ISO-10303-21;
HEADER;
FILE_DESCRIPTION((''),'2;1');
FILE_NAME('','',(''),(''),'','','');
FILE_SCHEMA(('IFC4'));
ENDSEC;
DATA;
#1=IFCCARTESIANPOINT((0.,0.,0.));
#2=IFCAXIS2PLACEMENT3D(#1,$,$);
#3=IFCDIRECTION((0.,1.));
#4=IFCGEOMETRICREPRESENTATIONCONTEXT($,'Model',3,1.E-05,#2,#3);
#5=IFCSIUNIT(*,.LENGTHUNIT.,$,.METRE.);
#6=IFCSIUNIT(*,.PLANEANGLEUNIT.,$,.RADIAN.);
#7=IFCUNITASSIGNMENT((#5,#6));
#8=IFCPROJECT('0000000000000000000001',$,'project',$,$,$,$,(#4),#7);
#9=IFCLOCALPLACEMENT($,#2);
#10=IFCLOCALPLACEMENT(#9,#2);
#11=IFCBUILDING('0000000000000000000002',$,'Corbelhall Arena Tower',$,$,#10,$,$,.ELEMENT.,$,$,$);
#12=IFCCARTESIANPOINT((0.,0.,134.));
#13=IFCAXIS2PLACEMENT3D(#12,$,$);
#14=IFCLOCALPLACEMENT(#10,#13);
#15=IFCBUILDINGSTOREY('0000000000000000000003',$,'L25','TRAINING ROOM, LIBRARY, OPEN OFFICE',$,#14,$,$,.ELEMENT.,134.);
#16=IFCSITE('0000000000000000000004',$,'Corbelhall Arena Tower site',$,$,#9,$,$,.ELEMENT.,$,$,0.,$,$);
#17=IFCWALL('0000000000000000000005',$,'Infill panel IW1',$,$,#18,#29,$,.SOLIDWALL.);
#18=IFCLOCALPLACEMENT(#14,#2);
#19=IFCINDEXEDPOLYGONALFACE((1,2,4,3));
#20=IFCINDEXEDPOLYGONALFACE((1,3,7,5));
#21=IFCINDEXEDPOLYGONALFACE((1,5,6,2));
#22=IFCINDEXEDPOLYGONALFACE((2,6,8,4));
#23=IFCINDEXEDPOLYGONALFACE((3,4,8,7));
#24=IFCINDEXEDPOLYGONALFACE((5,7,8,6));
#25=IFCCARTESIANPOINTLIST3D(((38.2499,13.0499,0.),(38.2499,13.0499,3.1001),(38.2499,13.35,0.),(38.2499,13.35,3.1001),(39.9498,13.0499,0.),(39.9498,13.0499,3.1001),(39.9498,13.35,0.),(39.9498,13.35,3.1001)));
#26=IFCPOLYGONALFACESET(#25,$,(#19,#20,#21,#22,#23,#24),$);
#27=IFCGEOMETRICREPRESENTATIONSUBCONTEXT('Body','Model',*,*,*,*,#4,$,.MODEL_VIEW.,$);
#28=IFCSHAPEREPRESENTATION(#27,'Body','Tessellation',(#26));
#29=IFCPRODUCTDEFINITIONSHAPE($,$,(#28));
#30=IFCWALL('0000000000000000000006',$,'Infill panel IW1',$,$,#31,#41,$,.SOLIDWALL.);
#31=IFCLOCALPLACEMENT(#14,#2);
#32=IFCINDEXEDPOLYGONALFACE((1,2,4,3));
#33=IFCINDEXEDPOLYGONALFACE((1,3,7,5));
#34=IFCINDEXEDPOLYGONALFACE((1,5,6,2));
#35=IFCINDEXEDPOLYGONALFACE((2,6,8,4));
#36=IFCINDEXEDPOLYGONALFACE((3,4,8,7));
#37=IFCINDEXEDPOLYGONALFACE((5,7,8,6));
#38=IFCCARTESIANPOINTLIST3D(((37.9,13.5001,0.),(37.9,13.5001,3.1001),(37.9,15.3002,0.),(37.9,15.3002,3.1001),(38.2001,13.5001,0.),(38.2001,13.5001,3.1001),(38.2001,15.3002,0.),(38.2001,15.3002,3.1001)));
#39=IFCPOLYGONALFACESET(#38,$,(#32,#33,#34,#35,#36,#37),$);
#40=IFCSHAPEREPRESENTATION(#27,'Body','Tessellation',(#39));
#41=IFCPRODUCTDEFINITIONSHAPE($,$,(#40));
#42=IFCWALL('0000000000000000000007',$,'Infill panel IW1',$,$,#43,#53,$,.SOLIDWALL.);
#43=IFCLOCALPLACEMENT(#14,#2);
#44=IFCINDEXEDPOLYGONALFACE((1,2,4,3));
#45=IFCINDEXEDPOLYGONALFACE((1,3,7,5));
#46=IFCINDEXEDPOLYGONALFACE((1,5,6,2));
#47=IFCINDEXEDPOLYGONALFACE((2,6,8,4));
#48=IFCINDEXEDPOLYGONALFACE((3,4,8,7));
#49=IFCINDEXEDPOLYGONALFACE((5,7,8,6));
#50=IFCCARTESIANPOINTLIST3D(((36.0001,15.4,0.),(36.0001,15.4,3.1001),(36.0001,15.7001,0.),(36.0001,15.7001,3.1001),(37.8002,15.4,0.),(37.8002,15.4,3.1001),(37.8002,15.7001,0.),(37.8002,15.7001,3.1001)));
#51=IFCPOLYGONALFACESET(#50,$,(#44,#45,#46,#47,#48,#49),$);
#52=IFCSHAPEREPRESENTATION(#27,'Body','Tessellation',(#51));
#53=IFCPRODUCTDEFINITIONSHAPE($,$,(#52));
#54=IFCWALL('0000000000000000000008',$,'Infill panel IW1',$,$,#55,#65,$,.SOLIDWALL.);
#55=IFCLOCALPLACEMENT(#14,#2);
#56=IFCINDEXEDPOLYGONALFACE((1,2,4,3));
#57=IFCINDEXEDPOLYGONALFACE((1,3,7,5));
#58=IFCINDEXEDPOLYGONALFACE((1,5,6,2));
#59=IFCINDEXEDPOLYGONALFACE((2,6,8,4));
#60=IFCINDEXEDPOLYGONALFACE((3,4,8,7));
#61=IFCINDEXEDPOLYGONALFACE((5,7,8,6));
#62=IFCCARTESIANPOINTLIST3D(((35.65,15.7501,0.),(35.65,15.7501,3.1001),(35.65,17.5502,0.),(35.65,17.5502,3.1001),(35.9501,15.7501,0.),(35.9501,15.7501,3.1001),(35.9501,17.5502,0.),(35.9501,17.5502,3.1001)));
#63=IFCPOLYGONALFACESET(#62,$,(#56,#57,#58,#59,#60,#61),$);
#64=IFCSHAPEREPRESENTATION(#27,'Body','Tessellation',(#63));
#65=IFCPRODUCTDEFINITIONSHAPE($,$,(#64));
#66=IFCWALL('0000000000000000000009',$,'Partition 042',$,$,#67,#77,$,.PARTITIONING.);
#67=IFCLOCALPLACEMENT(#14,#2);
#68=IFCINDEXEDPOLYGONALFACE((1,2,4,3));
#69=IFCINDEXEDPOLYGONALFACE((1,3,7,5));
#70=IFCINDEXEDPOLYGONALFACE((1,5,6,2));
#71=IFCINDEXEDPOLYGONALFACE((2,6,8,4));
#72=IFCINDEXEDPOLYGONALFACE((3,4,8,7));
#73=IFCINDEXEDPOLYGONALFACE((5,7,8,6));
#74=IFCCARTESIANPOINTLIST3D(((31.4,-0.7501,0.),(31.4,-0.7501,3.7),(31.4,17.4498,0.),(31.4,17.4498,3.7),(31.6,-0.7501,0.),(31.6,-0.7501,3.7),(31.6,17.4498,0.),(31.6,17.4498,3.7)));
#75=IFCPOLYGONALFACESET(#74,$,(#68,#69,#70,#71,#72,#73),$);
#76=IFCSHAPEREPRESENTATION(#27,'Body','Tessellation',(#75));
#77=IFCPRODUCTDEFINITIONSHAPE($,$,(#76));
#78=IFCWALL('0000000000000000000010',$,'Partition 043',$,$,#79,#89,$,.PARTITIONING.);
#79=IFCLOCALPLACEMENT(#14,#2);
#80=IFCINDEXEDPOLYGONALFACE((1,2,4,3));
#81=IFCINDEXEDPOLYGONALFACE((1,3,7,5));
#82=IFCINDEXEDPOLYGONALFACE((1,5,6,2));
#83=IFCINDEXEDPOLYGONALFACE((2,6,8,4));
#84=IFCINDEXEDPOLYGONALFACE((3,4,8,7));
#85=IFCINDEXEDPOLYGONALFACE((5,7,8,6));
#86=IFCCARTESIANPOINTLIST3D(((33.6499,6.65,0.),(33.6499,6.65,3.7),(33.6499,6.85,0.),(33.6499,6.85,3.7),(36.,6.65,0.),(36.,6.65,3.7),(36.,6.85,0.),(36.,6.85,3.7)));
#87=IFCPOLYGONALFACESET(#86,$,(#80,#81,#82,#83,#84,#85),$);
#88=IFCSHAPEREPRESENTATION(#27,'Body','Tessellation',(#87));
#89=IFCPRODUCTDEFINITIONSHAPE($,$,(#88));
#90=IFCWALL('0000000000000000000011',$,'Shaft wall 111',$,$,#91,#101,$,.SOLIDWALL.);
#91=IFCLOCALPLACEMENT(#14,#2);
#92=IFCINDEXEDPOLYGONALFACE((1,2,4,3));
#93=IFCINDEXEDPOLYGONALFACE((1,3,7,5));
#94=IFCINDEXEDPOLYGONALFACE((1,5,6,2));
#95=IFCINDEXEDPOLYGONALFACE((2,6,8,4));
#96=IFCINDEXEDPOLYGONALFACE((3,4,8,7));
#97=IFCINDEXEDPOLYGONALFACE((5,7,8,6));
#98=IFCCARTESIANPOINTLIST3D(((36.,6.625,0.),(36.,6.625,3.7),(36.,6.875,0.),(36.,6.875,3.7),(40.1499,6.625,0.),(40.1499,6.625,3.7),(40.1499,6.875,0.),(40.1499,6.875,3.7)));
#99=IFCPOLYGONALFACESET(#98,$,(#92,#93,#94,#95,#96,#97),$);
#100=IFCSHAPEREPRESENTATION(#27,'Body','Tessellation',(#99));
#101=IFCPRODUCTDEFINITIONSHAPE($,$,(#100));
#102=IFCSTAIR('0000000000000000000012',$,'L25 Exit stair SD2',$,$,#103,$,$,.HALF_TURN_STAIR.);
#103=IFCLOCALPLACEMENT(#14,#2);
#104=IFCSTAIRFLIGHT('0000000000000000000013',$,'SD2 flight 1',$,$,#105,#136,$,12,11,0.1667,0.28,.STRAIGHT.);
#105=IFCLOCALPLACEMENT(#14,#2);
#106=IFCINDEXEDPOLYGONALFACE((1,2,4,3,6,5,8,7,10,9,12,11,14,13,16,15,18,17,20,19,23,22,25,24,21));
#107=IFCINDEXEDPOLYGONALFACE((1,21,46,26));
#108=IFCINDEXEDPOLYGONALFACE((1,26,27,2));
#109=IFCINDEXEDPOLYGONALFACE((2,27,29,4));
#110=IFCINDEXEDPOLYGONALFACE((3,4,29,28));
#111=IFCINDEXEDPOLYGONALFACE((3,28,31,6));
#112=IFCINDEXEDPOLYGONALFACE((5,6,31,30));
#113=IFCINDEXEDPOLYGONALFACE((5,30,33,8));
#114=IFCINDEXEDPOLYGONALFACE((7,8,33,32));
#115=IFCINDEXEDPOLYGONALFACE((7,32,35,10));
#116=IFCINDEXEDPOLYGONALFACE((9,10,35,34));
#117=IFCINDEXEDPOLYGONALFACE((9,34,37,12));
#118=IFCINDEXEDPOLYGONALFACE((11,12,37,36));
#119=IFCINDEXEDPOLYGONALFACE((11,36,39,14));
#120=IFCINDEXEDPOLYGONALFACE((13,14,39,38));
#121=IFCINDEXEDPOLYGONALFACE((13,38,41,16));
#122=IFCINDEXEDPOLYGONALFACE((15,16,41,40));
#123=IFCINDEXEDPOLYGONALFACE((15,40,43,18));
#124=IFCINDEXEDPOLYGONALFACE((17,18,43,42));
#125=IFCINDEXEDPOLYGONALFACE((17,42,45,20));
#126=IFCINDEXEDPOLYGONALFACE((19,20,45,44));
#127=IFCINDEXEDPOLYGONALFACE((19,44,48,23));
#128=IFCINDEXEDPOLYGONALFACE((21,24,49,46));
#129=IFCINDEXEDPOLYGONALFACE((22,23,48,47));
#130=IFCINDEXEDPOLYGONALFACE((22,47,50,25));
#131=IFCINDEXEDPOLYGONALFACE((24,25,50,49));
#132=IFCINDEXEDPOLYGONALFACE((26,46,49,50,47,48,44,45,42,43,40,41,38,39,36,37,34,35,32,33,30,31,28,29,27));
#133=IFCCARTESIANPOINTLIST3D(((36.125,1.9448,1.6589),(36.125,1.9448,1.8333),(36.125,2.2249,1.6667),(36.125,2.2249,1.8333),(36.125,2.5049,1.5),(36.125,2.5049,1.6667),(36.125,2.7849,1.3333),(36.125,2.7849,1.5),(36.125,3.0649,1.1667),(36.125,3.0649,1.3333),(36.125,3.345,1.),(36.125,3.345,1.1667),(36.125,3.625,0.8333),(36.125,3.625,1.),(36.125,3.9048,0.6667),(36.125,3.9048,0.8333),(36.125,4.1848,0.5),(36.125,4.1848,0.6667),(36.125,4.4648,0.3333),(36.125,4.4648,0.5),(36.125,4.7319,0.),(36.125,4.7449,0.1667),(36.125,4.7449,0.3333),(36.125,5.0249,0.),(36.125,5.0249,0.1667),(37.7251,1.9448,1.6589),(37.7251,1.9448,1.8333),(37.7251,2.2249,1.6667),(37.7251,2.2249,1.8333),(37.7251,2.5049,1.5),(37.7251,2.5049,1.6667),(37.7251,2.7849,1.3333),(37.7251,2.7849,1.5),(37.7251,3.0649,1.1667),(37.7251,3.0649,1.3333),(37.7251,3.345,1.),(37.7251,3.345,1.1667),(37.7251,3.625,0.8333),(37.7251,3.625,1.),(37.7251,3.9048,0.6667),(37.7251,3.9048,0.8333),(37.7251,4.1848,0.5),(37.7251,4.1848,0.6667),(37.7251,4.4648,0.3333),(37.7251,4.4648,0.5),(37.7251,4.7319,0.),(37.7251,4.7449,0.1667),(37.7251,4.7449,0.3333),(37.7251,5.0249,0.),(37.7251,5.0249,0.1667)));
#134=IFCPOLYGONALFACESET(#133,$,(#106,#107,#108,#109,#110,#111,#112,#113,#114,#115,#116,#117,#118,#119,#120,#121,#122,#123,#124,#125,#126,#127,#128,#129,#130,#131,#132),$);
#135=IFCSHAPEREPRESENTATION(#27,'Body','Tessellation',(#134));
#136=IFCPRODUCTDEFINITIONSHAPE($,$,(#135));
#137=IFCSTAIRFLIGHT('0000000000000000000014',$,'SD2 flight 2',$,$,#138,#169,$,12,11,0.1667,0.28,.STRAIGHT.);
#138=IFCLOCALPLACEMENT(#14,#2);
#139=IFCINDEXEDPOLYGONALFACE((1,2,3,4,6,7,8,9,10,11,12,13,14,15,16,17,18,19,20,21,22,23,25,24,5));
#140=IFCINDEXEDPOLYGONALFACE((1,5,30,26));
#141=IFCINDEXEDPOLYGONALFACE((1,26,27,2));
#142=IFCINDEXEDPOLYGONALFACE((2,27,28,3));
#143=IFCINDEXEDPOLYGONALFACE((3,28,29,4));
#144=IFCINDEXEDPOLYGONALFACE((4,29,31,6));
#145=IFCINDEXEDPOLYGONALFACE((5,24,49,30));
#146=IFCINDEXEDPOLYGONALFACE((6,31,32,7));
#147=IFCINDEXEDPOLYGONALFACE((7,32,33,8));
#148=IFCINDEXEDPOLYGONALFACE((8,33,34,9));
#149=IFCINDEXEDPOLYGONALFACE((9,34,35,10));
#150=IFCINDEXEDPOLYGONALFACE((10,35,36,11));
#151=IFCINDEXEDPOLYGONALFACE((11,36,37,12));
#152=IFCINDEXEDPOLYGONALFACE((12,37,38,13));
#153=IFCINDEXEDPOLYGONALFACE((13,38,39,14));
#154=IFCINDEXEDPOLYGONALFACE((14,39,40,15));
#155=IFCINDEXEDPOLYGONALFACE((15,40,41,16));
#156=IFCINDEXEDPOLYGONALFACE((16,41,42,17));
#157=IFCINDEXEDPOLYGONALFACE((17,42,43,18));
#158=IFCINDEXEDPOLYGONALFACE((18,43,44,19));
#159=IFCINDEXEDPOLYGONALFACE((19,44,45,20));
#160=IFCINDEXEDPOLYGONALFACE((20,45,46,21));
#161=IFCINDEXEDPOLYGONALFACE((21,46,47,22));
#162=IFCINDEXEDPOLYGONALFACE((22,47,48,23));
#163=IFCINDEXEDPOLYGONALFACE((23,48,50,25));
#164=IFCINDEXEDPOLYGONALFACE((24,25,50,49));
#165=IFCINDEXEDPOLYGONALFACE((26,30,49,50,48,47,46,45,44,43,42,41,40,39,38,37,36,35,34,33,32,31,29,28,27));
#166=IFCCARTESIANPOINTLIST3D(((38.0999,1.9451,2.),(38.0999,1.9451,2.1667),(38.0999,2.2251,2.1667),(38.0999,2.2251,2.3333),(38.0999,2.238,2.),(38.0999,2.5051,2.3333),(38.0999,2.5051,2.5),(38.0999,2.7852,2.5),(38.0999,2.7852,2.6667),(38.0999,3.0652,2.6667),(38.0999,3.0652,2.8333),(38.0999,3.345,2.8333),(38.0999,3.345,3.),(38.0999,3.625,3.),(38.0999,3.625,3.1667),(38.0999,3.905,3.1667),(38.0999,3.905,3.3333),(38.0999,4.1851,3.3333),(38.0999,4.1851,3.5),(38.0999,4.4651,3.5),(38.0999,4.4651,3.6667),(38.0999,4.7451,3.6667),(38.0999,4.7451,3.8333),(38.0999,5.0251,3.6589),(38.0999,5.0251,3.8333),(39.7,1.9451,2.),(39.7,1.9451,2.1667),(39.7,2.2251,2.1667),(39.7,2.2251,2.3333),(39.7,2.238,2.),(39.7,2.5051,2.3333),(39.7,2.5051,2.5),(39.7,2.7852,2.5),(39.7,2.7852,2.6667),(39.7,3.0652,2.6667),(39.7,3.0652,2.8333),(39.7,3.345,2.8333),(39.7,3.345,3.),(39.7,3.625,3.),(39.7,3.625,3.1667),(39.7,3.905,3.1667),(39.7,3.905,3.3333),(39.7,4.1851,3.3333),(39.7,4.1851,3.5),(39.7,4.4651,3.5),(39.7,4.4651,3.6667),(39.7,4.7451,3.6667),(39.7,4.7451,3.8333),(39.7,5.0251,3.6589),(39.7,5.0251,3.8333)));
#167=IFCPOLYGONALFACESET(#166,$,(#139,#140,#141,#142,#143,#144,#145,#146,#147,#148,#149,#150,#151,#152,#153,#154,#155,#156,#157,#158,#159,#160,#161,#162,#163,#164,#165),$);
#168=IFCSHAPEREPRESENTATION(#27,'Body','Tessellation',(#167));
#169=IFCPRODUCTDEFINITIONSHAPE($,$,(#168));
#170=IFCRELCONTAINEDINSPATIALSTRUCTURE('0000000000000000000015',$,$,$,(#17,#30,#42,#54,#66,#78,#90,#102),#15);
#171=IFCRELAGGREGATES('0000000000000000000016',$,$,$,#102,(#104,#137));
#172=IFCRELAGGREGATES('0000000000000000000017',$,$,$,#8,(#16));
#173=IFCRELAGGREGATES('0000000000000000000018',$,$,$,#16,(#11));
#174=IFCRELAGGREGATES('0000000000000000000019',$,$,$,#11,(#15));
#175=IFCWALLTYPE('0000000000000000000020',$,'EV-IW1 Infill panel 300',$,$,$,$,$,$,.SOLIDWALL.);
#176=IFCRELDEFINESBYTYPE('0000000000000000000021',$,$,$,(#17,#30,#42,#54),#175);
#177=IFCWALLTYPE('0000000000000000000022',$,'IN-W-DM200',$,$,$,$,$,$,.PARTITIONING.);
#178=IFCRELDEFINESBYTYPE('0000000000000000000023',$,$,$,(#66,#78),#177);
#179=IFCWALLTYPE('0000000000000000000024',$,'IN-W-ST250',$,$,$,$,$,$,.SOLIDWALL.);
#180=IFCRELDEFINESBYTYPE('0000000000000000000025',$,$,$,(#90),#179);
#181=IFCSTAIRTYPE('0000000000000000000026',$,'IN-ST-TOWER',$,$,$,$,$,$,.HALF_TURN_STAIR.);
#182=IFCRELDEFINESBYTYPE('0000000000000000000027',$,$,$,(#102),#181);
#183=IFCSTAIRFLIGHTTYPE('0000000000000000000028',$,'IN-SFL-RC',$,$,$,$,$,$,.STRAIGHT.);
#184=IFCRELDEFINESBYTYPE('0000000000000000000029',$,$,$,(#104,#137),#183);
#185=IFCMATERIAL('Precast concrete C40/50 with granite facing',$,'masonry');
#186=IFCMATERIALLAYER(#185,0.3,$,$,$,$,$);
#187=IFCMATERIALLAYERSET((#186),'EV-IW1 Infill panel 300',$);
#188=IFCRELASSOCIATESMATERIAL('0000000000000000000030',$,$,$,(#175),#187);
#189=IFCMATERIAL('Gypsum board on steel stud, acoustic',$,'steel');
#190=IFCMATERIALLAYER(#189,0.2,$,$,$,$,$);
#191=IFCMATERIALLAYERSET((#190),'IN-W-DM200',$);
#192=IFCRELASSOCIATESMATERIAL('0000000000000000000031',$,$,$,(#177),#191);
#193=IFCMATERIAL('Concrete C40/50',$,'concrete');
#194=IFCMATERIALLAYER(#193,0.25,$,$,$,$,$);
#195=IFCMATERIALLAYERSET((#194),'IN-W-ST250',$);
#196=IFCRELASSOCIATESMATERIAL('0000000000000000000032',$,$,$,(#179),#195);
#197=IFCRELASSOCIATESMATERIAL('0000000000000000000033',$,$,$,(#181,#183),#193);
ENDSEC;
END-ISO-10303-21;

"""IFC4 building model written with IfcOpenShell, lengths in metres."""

from ifc_helpers import new_model, si_unit, direction, frame, frame_2d, origin, place, context, subcontext, project, spatial, polyline, rectangle, outline, extrude, material, layer, layer_set, type_object, element, aggregate, save


model = new_model("IFC4")

# Units and contexts
model_context = context("Model", 3, precision=1e-05, world=origin(), true_north=direction((0.0, 1.0)))
body_context = subcontext(model_context, "Body", "Model", "MODEL_VIEW")
ifc_project = project(units=[si_unit("LENGTHUNIT", "METRE"), si_unit("PLANEANGLEUNIT", "RADIAN")], contexts=[model_context])

# Site, building, storey
site_placement = place(None, origin())
site = spatial("IfcSite", under=ifc_project, at=site_placement, Name="Corbelhall Arena Tower site", CompositionType="ELEMENT", RefElevation=0.0)
building_placement = place(site_placement, origin())
building = spatial("IfcBuilding", under=site, at=building_placement, Name="Corbelhall Arena Tower", CompositionType="ELEMENT")
storey_placement = place(building_placement, frame((0.0, 0.0, 134.0)))
storey = spatial("IfcBuildingStorey", under=building, at=storey_placement, Name="L25", Description="TRAINING ROOM, LIBRARY, OPEN OFFICE", CompositionType="ELEMENT", Elevation=134.0)

# Walls
ifc_material_1 = material(Name="Precast concrete C40/50 with granite facing", Category="masonry")
ifc_layer_1 = layer(ifc_material_1, 0.3)
ifc_layer_set_1 = layer_set([ifc_layer_1], Name="EV-IW1 Infill panel 300")
wall_type_1 = type_object("IfcWallType", Name="EV-IW1 Infill panel 300", PredefinedType="SOLIDWALL", material=ifc_layer_set_1)
wall_1_placement = place(storey_placement, frame((39.95, 13.2, 0.0), z_axis=(0.0, 0.0, 1.0), x_axis=(-1.0, 0.0, 0.0)))
element("IfcWall", 1, at=wall_1_placement, inside=storey, type_object=wall_type_1, Name="Infill panel IW1", PredefinedType="SOLIDWALL", context=body_context, shape_type="SweptSolid", body=[
    extrude(rectangle(XDim=1.7, YDim=0.3, at=frame_2d((0.8501, 0.0))), origin(), (0.0, 0.0, 1.0), 3.1001),
])
for number, where, z_axis, x_axis, name in (
    (2, (38.05, 15.3, 0.0), (0.0, 0.0, 1.0), (0.0, -1.0, 0.0), "Infill panel IW1"),
    (3, (37.8, 15.55, 0.0), (0.0, 0.0, 1.0), (-1.0, 0.0, 0.0), "Infill panel IW1"),
    (4, (35.8, 17.55, 0.0), (0.0, 0.0, 1.0), (0.0, -1.0, 0.0), "Infill panel IW1"),
):
    element("IfcWall", number, at=place(storey_placement, frame(where, z_axis=z_axis, x_axis=x_axis)), inside=storey, type_object=wall_type_1, Name=name, PredefinedType="SOLIDWALL", context=body_context, shape_type="SweptSolid", body=[
        extrude(rectangle(XDim=1.8, YDim=0.3, at=frame_2d((0.8999, 0.0))), origin(), (0.0, 0.0, 1.0), 3.1001),
    ])

# Walls
ifc_material_2 = material(Name="Gypsum board on steel stud, acoustic", Category="steel")
ifc_layer_2 = layer(ifc_material_2, 0.2)
ifc_layer_set_2 = layer_set([ifc_layer_2], Name="IN-W-DM200")
wall_type_2 = type_object("IfcWallType", Name="IN-W-DM200", PredefinedType="PARTITIONING", material=ifc_layer_set_2)
wall_2_placement = place(storey_placement, frame((31.5, 17.45, 0.0), z_axis=(0.0, 0.0, 1.0), x_axis=(0.0, -1.0, 0.0)))
element("IfcWall", 5, at=wall_2_placement, inside=storey, type_object=wall_type_2, Name="Partition 042", PredefinedType="PARTITIONING", context=body_context, shape_type="SweptSolid", body=[
    extrude(rectangle(XDim=18.2, YDim=0.2, at=frame_2d((9.1001, 0.0))), origin(), (0.0, 0.0, 1.0), 3.7),
])
wall_3_placement = place(storey_placement, frame((33.6499, 6.75, 0.0), z_axis=(0.0, 0.0, 1.0), x_axis=(1.0, 0.0, 0.0)))
element("IfcWall", 6, at=wall_3_placement, inside=storey, type_object=wall_type_2, Name="Partition 043", PredefinedType="PARTITIONING", context=body_context, shape_type="SweptSolid", body=[
    extrude(rectangle(XDim=2.3501, YDim=0.2, at=frame_2d((1.175, 0.0))), origin(), (0.0, 0.0, 1.0), 3.7),
])
ifc_material_3 = material(Name="Concrete C40/50", Category="concrete")
ifc_layer_3 = layer(ifc_material_3, 0.25)
ifc_layer_set_3 = layer_set([ifc_layer_3], Name="IN-W-ST250")
wall_type_3 = type_object("IfcWallType", Name="IN-W-ST250", PredefinedType="SOLIDWALL", material=ifc_layer_set_3)
wall_4_placement = place(storey_placement, frame((36.0, 6.75, 0.0), z_axis=(0.0, 0.0, 1.0), x_axis=(1.0, 0.0, 0.0)))
element("IfcWall", 7, at=wall_4_placement, inside=storey, type_object=wall_type_3, Name="Shaft wall 111", PredefinedType="SOLIDWALL", context=body_context, shape_type="SweptSolid", body=[
    extrude(rectangle(XDim=4.1499, YDim=0.25, at=frame_2d((2.075, 0.0))), origin(), (0.0, 0.0, 1.0), 3.7),
])

# Stair, stair flights
stair_type = type_object("IfcStairType", Name="IN-ST-TOWER", PredefinedType="HALF_TURN_STAIR", material=ifc_material_3)
stair_placement = place(storey_placement, origin())
stair = element("IfcStair", 8, at=stair_placement, inside=storey, type_object=stair_type, Name="L25 Exit stair SD2", PredefinedType="HALF_TURN_STAIR")
stair_flight_type = type_object("IfcStairFlightType", Name="IN-SFL-RC", PredefinedType="STRAIGHT", material=ifc_material_3)
stair_flight_1_placement = place(storey_placement, frame((36.925, 5.0249, 0.0), z_axis=(0.0, 0.0, 1.0), x_axis=(0.0, -1.0, 0.0)))
stair_flight_1 = element("IfcStairFlight", 9, at=stair_flight_1_placement, type_object=stair_flight_type, Name="SD2 flight 1", NumberOfRisers=12, NumberOfTreads=11, PredefinedType="STRAIGHT", RiserHeight=0.1667, TreadLength=0.28, context=body_context, shape_type="SweptSolid", body=[
    extrude(outline(polyline([(0.0, 0.0), (0.0, 0.1667), (0.28, 0.1667), (0.28, 0.3333), (0.5601, 0.3333), (0.5601, 0.5), (0.8401, 0.5), (0.8401, 0.6667), (1.1201, 0.6667), (1.1201, 0.8333), (1.3999, 0.8333), (1.3999, 1.0), (1.6799, 1.0), (1.6799, 1.1667), (1.96, 1.1667), (1.96, 1.3333), (2.24, 1.3333), (2.24, 1.5), (2.52, 1.5), (2.52, 1.6667), (2.8, 1.6667), (2.8, 1.8333), (3.0801, 1.8333), (3.0801, 2.0), (3.0801, 1.6589), (0.293, 0.0), (0.0, 0.0)])), frame((0.0, 0.8, 0.0), z_axis=(0.0, -1.0, 0.0), x_axis=(1.0, 0.0, 0.0)), (0.0, 0.0, 1.0), 1.6001),
])
stair_flight_2_placement = place(storey_placement, frame((38.8999, 1.9451, 2.0), z_axis=(0.0, 0.0, 1.0), x_axis=(0.0, 1.0, 0.0)))
stair_flight_2 = element("IfcStairFlight", 10, at=stair_flight_2_placement, type_object=stair_flight_type, Name="SD2 flight 2", NumberOfRisers=12, NumberOfTreads=11, PredefinedType="STRAIGHT", RiserHeight=0.1667, TreadLength=0.28, context=body_context, shape_type="SweptSolid", body=[
    extrude(outline(polyline([(0.0, 0.0), (0.0, 0.1667), (0.28, 0.1667), (0.28, 0.3333), (0.5601, 0.3333), (0.5601, 0.5), (0.8401, 0.5), (0.8401, 0.6667), (1.1201, 0.6667), (1.1201, 0.8333), (1.3999, 0.8333), (1.3999, 1.0), (1.6799, 1.0), (1.6799, 1.1667), (1.96, 1.1667), (1.96, 1.3333), (2.24, 1.3333), (2.24, 1.5), (2.52, 1.5), (2.52, 1.6667), (2.8, 1.6667), (2.8, 1.8333), (3.0801, 1.8333), (3.0801, 2.0), (3.0801, 1.6589), (0.293, 0.0), (0.0, 0.0)])), frame((0.0, 0.8, 0.0), z_axis=(0.0, -1.0, 0.0), x_axis=(1.0, 0.0, 0.0)), (0.0, 0.0, 1.0), 1.6001),
])
aggregate(stair, [stair_flight_1, stair_flight_2])

save(model, "model.ifc")
